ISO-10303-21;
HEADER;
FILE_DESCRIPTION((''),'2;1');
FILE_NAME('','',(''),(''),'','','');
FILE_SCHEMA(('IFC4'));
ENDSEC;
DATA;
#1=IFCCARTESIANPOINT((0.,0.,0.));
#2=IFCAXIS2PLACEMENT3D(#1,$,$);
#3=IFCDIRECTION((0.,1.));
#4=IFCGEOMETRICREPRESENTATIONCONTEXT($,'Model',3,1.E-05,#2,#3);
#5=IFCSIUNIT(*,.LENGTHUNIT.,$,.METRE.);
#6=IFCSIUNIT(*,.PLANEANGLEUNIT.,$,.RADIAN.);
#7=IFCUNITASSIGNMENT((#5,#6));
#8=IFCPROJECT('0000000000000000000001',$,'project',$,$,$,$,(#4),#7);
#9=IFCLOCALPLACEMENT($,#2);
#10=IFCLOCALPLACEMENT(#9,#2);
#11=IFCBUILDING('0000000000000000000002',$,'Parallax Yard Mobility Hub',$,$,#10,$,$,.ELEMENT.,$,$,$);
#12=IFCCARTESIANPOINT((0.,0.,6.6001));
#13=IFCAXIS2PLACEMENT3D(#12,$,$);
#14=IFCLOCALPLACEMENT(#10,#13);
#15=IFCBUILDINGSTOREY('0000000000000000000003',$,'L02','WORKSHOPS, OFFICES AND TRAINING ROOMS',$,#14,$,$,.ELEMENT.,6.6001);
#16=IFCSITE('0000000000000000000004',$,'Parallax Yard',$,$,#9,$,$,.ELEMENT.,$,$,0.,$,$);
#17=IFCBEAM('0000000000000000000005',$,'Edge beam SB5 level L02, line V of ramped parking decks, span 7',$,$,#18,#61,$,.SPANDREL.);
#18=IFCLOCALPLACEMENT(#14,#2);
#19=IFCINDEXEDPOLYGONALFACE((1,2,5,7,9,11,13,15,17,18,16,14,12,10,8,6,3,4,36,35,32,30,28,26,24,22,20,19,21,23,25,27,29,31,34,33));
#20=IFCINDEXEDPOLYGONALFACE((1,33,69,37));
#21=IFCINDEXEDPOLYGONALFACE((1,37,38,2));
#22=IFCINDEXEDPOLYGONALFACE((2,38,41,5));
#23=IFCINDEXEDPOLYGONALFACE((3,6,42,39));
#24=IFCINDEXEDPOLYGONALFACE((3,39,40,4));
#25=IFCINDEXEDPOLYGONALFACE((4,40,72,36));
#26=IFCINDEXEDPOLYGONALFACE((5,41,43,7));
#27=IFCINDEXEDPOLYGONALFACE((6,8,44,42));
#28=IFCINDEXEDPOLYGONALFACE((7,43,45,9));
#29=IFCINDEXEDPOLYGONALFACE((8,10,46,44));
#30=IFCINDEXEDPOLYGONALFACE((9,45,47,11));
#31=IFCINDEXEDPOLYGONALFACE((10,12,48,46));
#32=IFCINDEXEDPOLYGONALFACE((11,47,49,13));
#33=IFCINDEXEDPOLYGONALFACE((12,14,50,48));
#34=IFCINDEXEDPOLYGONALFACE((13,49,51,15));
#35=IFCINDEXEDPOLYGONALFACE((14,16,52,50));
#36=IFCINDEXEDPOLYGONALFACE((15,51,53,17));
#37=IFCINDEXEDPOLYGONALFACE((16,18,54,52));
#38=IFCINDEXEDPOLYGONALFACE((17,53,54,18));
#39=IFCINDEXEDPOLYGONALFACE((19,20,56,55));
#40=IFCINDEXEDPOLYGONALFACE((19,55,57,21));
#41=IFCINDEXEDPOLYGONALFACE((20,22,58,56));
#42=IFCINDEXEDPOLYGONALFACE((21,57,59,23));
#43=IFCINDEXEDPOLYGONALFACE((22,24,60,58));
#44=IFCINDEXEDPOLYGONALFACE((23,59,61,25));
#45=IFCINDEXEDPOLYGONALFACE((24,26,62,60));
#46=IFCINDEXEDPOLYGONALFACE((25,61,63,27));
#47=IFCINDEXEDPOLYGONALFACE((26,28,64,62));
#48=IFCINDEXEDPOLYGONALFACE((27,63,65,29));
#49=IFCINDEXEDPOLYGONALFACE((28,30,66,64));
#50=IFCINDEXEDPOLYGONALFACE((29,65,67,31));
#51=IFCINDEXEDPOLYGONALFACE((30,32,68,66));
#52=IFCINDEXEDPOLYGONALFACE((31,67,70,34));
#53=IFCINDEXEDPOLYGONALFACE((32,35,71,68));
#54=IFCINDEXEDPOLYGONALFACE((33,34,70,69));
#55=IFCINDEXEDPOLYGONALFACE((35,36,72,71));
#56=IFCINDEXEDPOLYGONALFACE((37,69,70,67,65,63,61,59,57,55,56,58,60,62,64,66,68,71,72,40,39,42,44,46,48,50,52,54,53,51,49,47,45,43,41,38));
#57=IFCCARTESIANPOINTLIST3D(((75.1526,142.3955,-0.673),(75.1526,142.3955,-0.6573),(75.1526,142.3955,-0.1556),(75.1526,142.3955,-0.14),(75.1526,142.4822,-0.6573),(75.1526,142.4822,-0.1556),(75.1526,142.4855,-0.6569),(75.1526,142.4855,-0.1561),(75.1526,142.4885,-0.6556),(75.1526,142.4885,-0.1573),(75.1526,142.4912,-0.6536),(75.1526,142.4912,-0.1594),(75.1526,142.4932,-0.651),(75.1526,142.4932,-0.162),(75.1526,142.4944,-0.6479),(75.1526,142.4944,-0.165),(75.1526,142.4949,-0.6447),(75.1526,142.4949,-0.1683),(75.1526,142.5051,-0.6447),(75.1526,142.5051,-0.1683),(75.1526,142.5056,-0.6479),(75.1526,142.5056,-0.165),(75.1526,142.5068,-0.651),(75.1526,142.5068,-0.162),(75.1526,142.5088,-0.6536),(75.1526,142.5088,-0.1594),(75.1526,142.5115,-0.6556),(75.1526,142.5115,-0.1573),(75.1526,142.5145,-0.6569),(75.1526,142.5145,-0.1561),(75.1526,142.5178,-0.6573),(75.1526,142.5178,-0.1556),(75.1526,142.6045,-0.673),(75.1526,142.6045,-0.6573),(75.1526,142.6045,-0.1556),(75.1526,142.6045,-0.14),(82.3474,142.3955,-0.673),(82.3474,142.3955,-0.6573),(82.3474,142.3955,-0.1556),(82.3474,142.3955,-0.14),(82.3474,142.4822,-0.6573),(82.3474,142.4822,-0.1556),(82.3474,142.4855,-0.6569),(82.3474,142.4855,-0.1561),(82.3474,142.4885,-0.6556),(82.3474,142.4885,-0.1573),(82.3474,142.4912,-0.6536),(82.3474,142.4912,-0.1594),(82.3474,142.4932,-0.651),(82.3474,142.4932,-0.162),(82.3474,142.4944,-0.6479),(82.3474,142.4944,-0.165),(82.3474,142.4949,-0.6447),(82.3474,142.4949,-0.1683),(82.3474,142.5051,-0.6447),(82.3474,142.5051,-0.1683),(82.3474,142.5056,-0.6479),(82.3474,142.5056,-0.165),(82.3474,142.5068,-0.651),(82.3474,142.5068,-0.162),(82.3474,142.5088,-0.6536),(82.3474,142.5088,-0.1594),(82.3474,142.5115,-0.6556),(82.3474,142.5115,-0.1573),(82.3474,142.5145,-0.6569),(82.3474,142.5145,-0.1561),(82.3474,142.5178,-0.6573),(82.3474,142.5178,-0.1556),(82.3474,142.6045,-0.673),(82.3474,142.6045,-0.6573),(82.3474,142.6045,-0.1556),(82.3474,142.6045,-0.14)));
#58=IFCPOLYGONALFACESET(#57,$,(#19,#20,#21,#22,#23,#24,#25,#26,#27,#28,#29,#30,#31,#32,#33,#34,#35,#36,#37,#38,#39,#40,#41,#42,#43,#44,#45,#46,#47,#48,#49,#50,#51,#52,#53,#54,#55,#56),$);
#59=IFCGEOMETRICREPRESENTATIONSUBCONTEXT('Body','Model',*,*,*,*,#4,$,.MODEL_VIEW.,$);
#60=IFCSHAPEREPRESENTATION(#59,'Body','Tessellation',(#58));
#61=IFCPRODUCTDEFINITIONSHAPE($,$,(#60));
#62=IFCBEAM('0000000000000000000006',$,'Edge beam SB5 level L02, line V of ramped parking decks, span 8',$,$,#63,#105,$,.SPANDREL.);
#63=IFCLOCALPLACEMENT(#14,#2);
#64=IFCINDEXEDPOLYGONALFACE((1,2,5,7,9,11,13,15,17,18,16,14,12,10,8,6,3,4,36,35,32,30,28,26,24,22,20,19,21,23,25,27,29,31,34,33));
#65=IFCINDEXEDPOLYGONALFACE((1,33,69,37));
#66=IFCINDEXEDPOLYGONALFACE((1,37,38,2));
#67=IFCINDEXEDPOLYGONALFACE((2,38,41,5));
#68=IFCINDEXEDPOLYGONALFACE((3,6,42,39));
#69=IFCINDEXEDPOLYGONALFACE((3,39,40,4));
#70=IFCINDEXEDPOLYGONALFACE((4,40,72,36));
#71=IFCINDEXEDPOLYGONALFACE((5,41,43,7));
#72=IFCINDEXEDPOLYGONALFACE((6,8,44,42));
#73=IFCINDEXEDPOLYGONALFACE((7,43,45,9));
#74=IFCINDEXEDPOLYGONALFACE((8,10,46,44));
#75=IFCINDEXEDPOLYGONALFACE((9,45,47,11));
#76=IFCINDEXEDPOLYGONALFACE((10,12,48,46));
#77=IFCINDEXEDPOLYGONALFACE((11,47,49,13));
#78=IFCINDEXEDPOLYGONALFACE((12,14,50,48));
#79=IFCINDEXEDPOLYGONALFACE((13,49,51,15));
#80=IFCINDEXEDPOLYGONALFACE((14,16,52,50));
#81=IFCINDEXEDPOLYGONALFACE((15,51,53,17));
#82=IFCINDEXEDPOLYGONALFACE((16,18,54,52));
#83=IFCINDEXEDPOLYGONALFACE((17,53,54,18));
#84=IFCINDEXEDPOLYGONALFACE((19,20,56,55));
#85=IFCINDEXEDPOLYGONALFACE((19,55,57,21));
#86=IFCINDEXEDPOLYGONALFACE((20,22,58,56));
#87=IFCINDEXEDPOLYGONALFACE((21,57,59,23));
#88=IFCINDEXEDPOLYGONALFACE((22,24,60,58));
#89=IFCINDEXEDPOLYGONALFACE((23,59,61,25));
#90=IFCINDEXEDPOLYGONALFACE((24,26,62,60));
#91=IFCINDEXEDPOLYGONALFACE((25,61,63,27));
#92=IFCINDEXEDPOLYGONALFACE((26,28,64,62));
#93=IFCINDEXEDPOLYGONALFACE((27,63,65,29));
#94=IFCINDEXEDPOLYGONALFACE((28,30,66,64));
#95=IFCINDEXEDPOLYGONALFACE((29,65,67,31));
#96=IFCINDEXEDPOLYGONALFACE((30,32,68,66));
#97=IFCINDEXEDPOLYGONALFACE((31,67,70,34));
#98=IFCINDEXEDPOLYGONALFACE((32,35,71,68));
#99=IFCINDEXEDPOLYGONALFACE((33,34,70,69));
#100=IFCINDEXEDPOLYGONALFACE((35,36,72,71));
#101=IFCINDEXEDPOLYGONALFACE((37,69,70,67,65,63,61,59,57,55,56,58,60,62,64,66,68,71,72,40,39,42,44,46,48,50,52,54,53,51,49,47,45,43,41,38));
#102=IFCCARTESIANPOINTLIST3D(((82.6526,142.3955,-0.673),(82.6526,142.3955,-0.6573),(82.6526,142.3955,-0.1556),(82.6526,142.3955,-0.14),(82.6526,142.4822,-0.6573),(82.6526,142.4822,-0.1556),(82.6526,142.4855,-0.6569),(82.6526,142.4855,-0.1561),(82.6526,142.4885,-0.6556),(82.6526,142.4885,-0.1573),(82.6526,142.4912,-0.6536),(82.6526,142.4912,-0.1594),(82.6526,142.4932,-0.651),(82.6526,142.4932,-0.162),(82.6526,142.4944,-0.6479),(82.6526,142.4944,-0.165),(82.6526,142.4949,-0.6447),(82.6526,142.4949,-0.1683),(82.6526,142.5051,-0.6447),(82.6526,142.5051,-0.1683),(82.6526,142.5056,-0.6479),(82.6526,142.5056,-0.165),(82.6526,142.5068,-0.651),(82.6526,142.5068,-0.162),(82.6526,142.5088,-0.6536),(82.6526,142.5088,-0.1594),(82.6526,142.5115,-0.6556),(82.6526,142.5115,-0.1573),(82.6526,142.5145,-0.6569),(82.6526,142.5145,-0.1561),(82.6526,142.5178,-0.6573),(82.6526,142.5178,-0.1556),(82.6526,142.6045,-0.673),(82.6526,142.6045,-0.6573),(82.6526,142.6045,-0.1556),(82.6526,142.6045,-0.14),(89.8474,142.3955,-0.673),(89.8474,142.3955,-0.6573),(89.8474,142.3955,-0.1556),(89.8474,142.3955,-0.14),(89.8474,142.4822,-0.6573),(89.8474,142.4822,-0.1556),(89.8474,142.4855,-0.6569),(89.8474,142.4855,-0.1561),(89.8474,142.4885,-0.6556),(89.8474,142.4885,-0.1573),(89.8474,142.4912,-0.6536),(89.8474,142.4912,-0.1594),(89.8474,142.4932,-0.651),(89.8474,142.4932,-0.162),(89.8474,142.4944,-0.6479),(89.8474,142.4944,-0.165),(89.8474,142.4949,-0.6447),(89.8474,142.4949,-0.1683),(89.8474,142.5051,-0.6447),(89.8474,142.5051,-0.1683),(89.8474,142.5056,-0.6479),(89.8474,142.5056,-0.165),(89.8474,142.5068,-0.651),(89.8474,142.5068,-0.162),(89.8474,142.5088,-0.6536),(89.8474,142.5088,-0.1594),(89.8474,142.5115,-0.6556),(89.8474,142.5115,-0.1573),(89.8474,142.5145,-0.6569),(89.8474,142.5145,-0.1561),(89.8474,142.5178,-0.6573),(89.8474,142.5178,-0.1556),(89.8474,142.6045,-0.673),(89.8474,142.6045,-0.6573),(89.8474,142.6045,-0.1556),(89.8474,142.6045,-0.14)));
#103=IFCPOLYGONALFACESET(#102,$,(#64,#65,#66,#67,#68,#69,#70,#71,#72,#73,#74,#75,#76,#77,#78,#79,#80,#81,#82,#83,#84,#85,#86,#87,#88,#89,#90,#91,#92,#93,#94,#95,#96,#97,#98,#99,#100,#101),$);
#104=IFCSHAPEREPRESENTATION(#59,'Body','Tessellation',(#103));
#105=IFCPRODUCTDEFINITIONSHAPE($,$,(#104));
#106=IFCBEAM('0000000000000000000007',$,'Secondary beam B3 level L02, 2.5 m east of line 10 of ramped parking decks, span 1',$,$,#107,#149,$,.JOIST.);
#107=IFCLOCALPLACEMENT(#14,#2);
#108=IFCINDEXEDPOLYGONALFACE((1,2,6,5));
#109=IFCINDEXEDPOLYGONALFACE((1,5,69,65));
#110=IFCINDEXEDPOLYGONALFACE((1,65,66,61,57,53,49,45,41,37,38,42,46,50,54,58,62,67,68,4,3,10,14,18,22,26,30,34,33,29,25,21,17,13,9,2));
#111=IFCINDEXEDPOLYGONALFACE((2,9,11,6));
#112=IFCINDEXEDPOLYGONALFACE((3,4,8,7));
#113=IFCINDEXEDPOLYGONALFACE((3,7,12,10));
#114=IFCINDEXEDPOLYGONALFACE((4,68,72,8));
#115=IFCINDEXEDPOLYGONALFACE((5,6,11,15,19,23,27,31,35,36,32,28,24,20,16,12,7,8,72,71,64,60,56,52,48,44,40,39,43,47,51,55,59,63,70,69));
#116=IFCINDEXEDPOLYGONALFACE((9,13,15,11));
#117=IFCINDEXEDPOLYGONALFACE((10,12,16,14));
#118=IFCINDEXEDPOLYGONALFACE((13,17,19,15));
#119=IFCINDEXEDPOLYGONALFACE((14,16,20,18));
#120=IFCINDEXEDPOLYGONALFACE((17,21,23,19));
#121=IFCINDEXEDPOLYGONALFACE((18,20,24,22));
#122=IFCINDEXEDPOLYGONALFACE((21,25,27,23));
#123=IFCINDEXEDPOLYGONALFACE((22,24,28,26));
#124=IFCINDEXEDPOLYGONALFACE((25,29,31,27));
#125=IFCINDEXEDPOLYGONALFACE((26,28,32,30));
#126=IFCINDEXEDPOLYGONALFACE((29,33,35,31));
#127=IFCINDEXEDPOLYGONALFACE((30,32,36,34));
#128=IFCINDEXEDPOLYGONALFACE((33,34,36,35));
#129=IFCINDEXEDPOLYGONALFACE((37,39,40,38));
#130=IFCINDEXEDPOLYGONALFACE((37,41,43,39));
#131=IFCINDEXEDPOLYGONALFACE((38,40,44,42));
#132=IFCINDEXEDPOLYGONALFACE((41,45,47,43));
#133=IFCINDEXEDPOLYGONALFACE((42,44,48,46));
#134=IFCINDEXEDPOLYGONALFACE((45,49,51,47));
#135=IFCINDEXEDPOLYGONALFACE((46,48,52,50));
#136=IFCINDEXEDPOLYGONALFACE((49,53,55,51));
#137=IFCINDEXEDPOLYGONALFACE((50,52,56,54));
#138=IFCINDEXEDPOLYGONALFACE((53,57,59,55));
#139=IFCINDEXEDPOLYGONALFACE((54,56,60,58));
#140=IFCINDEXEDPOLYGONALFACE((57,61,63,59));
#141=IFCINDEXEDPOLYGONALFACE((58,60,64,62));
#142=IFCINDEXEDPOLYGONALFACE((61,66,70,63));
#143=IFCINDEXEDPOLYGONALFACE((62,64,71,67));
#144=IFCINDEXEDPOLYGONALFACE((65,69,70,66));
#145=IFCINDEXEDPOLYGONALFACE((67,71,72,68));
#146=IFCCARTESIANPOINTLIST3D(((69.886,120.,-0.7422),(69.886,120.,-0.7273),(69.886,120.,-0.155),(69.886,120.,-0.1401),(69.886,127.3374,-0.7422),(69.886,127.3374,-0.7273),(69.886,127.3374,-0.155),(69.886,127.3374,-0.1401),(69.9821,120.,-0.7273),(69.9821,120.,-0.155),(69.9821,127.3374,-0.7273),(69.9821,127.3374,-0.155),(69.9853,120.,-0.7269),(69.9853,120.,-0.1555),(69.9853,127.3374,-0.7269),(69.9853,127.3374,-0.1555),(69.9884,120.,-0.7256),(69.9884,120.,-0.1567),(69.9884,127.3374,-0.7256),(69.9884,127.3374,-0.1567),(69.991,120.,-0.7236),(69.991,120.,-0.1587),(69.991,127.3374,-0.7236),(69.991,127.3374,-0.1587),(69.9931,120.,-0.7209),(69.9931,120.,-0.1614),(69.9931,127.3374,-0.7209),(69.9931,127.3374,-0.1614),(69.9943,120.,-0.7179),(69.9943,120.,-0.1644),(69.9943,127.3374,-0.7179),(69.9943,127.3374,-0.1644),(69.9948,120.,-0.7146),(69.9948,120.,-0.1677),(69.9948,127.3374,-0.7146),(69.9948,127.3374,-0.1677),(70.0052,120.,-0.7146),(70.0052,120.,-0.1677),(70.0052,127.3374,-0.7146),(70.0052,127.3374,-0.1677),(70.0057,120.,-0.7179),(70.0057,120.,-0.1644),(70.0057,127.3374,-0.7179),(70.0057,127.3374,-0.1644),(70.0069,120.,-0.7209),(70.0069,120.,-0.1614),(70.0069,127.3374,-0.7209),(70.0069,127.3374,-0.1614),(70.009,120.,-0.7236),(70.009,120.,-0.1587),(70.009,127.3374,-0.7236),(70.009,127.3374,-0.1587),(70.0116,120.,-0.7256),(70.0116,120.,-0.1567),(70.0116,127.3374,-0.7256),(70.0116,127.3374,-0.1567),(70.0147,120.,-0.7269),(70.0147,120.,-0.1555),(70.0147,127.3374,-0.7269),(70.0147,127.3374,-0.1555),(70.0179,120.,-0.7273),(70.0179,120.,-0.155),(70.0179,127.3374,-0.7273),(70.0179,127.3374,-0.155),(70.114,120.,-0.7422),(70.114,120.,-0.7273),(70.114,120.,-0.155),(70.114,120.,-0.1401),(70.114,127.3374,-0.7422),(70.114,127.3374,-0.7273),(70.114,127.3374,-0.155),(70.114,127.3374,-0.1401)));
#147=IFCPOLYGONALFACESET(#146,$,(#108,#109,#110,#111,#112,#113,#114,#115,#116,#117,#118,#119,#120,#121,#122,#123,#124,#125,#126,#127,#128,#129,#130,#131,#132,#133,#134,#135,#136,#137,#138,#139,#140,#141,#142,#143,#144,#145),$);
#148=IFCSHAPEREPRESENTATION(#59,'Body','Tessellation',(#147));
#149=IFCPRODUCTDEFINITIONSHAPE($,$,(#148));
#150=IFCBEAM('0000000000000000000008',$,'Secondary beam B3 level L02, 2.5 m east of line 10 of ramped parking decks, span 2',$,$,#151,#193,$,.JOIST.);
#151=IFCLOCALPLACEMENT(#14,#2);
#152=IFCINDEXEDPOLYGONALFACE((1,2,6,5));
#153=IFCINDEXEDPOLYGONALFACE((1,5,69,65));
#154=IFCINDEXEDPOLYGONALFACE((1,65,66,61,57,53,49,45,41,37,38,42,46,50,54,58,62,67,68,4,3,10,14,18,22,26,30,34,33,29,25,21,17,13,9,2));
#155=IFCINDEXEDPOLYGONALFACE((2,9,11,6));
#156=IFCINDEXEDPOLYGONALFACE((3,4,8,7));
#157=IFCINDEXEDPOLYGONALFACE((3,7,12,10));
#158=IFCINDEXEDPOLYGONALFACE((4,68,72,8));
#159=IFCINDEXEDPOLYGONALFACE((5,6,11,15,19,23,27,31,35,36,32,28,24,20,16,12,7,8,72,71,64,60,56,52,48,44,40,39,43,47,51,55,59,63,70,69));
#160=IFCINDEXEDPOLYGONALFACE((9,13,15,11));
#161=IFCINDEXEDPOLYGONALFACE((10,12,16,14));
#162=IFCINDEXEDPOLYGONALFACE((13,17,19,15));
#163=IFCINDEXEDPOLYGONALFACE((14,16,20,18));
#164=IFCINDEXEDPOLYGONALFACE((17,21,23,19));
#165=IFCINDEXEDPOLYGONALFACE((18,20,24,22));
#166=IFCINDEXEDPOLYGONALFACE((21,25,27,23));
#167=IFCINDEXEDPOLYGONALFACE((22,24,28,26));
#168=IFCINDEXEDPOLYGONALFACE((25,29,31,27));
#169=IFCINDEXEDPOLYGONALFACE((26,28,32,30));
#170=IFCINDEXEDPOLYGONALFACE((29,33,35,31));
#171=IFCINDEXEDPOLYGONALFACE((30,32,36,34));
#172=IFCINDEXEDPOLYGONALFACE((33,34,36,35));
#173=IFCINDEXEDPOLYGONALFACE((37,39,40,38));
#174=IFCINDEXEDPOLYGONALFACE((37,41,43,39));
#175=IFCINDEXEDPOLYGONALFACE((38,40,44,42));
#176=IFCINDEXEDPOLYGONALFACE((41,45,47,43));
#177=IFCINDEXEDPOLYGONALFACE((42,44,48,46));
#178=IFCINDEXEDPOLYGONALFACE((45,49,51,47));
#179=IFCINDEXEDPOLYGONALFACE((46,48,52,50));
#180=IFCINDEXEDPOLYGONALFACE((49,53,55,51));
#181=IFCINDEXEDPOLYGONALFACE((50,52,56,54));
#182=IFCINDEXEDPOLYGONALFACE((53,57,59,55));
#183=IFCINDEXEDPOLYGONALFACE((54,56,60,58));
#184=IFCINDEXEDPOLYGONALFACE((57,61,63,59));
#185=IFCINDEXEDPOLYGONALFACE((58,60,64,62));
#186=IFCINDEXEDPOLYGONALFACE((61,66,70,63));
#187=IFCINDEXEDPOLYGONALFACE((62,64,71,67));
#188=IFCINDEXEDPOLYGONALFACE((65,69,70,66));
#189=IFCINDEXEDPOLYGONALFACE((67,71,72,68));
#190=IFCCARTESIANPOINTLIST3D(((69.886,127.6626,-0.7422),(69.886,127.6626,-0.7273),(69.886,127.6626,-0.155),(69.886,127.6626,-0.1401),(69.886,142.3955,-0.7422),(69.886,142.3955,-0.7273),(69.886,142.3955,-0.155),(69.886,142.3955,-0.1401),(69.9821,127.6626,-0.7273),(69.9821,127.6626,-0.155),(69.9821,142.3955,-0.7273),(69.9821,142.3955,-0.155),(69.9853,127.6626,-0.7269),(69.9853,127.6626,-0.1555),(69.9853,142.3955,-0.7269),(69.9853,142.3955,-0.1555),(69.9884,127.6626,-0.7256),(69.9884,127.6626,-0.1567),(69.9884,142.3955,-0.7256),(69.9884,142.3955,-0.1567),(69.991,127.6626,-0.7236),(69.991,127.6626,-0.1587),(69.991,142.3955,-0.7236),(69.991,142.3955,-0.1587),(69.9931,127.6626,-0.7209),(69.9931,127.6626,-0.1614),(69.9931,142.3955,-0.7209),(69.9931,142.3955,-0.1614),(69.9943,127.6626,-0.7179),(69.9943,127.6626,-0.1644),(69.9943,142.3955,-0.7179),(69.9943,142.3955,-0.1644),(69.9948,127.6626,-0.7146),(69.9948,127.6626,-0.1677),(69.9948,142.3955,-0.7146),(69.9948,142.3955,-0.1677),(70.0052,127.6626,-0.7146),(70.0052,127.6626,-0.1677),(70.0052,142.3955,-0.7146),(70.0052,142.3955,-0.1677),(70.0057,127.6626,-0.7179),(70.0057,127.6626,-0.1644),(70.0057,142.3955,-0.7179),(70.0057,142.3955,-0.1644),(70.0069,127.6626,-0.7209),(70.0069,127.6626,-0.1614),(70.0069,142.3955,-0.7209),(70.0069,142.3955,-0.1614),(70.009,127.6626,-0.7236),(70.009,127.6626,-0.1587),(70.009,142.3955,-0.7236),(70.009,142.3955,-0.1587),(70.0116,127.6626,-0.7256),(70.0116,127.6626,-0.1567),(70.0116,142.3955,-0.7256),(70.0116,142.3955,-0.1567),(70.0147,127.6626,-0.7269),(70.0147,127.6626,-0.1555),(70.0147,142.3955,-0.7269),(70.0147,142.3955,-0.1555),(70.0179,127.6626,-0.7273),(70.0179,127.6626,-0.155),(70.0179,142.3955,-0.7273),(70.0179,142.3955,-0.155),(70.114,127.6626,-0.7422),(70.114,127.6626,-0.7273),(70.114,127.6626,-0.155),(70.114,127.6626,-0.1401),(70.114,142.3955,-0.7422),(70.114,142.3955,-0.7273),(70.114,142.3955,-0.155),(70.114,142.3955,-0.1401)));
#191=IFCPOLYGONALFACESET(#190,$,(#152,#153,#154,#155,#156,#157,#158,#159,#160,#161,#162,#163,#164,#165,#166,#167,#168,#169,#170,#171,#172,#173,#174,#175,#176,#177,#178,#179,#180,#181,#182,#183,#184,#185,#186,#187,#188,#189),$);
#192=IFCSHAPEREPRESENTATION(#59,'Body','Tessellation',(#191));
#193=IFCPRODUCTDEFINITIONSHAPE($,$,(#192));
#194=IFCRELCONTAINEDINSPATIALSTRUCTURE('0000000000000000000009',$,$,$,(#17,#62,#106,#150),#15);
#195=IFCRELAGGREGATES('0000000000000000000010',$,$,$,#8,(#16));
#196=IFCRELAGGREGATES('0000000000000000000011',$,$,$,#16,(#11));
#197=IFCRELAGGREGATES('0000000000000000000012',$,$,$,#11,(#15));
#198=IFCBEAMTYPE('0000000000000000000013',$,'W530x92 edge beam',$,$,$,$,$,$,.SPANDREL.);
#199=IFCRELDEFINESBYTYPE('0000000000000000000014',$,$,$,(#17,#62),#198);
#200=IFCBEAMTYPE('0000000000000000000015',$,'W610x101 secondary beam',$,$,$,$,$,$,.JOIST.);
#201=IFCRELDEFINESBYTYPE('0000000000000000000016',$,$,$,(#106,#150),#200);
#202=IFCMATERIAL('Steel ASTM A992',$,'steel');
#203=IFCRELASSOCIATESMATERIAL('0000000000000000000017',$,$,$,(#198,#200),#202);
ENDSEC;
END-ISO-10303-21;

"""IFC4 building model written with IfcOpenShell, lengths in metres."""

from ifc_helpers import new_model, si_unit, direction, frame, origin, origin_2d, place, context, subcontext, project, spatial, i_section, extrude, material, material_profile, profile_set, type_object, element, save


model = new_model("IFC4")

# Units and contexts
model_context = context("Model", 3, precision=1e-05, world=origin(), true_north=direction((0.0, 1.0)))
body_context = subcontext(model_context, "Body", "Model", "MODEL_VIEW")
ifc_project = project(units=[si_unit("LENGTHUNIT", "METRE"), si_unit("PLANEANGLEUNIT", "RADIAN")], contexts=[model_context])

# Site, building, storey
site_placement = place(None, origin())
site = spatial("IfcSite", under=ifc_project, at=site_placement, Name="Parallax Yard", CompositionType="ELEMENT", RefElevation=0.0)
building_placement = place(site_placement, origin())
building = spatial("IfcBuilding", under=site, at=building_placement, Name="Parallax Yard Mobility Hub", CompositionType="ELEMENT")
storey_placement = place(building_placement, frame((0.0, 0.0, 6.6001)))
storey = spatial("IfcBuildingStorey", under=building, at=storey_placement, Name="L02", Description="WORKSHOPS, OFFICES AND TRAINING ROOMS", CompositionType="ELEMENT", Elevation=6.6001)

# Shared definitions
ifc_material_1 = material(Name="Steel ASTM A992", Category="steel")

# Beams
ifc_material_profile_1 = material_profile(ifc_material_1, i_section(OverallWidth=0.209, OverallDepth=0.533, WebThickness=0.0103, FlangeThickness=0.0156, FilletRadius=0.0127, at=origin_2d()), Name="W530x92")
ifc_profile_set_1 = profile_set([ifc_material_profile_1], Name="Steel ASTM A992")
beam_type_1 = type_object("IfcBeamType", Name="W530x92 edge beam", PredefinedType="SPANDREL", material=ifc_profile_set_1)
for number, where, z_axis, x_axis, name in (
    (1, (75.1526, 142.5, -0.4065), (1.0, 0.0, 0.0), (0.0, 1.0, 0.0), "Edge beam SB5 level L02, line V of ramped parking decks, span 7"),
    (2, (82.6526, 142.5, -0.4065), (1.0, 0.0, 0.0), (0.0, 1.0, 0.0), "Edge beam SB5 level L02, line V of ramped parking decks, span 8"),
):
    element("IfcBeam", number, at=place(storey_placement, frame(where, z_axis=z_axis, x_axis=x_axis)), inside=storey, type_object=beam_type_1, Name=name, PredefinedType="SPANDREL", context=body_context, shape_type="SweptSolid", body=[
        extrude(i_section(OverallWidth=0.209, OverallDepth=0.533, WebThickness=0.0103, FlangeThickness=0.0156, FilletRadius=0.0127, at=origin_2d()), origin(), (0.0, 0.0, 1.0), 7.1948),
    ])
ifc_material_profile_2 = material_profile(ifc_material_1, i_section(OverallWidth=0.228, OverallDepth=0.6021, WebThickness=0.0105, FlangeThickness=0.0149, FilletRadius=0.0127, at=origin_2d()), Name="W610x101")
ifc_profile_set_2 = profile_set([ifc_material_profile_2], Name="Steel ASTM A992")
beam_type_2 = type_object("IfcBeamType", Name="W610x101 secondary beam", PredefinedType="JOIST", material=ifc_profile_set_2)
beam_1_placement = place(storey_placement, frame((70.0, 120.0, -0.4412), z_axis=(0.0, 1.0, 0.0), x_axis=(-1.0, 0.0, 0.0)))
element("IfcBeam", 3, at=beam_1_placement, inside=storey, type_object=beam_type_2, Name="Secondary beam B3 level L02, 2.5 m east of line 10 of ramped parking decks, span 1", PredefinedType="JOIST", context=body_context, shape_type="SweptSolid", body=[
    extrude(i_section(OverallWidth=0.228, OverallDepth=0.6021, WebThickness=0.0105, FlangeThickness=0.0149, FilletRadius=0.0127, at=origin_2d()), origin(), (0.0, 0.0, 1.0), 7.3374),
])
beam_2_placement = place(storey_placement, frame((70.0, 127.6626, -0.4412), z_axis=(0.0, 1.0, 0.0), x_axis=(-1.0, 0.0, 0.0)))
element("IfcBeam", 4, at=beam_2_placement, inside=storey, type_object=beam_type_2, Name="Secondary beam B3 level L02, 2.5 m east of line 10 of ramped parking decks, span 2", PredefinedType="JOIST", context=body_context, shape_type="SweptSolid", body=[
    extrude(i_section(OverallWidth=0.228, OverallDepth=0.6021, WebThickness=0.0105, FlangeThickness=0.0149, FilletRadius=0.0127, at=origin_2d()), origin(), (0.0, 0.0, 1.0), 14.7329),
])

save(model, "model.ifc")
